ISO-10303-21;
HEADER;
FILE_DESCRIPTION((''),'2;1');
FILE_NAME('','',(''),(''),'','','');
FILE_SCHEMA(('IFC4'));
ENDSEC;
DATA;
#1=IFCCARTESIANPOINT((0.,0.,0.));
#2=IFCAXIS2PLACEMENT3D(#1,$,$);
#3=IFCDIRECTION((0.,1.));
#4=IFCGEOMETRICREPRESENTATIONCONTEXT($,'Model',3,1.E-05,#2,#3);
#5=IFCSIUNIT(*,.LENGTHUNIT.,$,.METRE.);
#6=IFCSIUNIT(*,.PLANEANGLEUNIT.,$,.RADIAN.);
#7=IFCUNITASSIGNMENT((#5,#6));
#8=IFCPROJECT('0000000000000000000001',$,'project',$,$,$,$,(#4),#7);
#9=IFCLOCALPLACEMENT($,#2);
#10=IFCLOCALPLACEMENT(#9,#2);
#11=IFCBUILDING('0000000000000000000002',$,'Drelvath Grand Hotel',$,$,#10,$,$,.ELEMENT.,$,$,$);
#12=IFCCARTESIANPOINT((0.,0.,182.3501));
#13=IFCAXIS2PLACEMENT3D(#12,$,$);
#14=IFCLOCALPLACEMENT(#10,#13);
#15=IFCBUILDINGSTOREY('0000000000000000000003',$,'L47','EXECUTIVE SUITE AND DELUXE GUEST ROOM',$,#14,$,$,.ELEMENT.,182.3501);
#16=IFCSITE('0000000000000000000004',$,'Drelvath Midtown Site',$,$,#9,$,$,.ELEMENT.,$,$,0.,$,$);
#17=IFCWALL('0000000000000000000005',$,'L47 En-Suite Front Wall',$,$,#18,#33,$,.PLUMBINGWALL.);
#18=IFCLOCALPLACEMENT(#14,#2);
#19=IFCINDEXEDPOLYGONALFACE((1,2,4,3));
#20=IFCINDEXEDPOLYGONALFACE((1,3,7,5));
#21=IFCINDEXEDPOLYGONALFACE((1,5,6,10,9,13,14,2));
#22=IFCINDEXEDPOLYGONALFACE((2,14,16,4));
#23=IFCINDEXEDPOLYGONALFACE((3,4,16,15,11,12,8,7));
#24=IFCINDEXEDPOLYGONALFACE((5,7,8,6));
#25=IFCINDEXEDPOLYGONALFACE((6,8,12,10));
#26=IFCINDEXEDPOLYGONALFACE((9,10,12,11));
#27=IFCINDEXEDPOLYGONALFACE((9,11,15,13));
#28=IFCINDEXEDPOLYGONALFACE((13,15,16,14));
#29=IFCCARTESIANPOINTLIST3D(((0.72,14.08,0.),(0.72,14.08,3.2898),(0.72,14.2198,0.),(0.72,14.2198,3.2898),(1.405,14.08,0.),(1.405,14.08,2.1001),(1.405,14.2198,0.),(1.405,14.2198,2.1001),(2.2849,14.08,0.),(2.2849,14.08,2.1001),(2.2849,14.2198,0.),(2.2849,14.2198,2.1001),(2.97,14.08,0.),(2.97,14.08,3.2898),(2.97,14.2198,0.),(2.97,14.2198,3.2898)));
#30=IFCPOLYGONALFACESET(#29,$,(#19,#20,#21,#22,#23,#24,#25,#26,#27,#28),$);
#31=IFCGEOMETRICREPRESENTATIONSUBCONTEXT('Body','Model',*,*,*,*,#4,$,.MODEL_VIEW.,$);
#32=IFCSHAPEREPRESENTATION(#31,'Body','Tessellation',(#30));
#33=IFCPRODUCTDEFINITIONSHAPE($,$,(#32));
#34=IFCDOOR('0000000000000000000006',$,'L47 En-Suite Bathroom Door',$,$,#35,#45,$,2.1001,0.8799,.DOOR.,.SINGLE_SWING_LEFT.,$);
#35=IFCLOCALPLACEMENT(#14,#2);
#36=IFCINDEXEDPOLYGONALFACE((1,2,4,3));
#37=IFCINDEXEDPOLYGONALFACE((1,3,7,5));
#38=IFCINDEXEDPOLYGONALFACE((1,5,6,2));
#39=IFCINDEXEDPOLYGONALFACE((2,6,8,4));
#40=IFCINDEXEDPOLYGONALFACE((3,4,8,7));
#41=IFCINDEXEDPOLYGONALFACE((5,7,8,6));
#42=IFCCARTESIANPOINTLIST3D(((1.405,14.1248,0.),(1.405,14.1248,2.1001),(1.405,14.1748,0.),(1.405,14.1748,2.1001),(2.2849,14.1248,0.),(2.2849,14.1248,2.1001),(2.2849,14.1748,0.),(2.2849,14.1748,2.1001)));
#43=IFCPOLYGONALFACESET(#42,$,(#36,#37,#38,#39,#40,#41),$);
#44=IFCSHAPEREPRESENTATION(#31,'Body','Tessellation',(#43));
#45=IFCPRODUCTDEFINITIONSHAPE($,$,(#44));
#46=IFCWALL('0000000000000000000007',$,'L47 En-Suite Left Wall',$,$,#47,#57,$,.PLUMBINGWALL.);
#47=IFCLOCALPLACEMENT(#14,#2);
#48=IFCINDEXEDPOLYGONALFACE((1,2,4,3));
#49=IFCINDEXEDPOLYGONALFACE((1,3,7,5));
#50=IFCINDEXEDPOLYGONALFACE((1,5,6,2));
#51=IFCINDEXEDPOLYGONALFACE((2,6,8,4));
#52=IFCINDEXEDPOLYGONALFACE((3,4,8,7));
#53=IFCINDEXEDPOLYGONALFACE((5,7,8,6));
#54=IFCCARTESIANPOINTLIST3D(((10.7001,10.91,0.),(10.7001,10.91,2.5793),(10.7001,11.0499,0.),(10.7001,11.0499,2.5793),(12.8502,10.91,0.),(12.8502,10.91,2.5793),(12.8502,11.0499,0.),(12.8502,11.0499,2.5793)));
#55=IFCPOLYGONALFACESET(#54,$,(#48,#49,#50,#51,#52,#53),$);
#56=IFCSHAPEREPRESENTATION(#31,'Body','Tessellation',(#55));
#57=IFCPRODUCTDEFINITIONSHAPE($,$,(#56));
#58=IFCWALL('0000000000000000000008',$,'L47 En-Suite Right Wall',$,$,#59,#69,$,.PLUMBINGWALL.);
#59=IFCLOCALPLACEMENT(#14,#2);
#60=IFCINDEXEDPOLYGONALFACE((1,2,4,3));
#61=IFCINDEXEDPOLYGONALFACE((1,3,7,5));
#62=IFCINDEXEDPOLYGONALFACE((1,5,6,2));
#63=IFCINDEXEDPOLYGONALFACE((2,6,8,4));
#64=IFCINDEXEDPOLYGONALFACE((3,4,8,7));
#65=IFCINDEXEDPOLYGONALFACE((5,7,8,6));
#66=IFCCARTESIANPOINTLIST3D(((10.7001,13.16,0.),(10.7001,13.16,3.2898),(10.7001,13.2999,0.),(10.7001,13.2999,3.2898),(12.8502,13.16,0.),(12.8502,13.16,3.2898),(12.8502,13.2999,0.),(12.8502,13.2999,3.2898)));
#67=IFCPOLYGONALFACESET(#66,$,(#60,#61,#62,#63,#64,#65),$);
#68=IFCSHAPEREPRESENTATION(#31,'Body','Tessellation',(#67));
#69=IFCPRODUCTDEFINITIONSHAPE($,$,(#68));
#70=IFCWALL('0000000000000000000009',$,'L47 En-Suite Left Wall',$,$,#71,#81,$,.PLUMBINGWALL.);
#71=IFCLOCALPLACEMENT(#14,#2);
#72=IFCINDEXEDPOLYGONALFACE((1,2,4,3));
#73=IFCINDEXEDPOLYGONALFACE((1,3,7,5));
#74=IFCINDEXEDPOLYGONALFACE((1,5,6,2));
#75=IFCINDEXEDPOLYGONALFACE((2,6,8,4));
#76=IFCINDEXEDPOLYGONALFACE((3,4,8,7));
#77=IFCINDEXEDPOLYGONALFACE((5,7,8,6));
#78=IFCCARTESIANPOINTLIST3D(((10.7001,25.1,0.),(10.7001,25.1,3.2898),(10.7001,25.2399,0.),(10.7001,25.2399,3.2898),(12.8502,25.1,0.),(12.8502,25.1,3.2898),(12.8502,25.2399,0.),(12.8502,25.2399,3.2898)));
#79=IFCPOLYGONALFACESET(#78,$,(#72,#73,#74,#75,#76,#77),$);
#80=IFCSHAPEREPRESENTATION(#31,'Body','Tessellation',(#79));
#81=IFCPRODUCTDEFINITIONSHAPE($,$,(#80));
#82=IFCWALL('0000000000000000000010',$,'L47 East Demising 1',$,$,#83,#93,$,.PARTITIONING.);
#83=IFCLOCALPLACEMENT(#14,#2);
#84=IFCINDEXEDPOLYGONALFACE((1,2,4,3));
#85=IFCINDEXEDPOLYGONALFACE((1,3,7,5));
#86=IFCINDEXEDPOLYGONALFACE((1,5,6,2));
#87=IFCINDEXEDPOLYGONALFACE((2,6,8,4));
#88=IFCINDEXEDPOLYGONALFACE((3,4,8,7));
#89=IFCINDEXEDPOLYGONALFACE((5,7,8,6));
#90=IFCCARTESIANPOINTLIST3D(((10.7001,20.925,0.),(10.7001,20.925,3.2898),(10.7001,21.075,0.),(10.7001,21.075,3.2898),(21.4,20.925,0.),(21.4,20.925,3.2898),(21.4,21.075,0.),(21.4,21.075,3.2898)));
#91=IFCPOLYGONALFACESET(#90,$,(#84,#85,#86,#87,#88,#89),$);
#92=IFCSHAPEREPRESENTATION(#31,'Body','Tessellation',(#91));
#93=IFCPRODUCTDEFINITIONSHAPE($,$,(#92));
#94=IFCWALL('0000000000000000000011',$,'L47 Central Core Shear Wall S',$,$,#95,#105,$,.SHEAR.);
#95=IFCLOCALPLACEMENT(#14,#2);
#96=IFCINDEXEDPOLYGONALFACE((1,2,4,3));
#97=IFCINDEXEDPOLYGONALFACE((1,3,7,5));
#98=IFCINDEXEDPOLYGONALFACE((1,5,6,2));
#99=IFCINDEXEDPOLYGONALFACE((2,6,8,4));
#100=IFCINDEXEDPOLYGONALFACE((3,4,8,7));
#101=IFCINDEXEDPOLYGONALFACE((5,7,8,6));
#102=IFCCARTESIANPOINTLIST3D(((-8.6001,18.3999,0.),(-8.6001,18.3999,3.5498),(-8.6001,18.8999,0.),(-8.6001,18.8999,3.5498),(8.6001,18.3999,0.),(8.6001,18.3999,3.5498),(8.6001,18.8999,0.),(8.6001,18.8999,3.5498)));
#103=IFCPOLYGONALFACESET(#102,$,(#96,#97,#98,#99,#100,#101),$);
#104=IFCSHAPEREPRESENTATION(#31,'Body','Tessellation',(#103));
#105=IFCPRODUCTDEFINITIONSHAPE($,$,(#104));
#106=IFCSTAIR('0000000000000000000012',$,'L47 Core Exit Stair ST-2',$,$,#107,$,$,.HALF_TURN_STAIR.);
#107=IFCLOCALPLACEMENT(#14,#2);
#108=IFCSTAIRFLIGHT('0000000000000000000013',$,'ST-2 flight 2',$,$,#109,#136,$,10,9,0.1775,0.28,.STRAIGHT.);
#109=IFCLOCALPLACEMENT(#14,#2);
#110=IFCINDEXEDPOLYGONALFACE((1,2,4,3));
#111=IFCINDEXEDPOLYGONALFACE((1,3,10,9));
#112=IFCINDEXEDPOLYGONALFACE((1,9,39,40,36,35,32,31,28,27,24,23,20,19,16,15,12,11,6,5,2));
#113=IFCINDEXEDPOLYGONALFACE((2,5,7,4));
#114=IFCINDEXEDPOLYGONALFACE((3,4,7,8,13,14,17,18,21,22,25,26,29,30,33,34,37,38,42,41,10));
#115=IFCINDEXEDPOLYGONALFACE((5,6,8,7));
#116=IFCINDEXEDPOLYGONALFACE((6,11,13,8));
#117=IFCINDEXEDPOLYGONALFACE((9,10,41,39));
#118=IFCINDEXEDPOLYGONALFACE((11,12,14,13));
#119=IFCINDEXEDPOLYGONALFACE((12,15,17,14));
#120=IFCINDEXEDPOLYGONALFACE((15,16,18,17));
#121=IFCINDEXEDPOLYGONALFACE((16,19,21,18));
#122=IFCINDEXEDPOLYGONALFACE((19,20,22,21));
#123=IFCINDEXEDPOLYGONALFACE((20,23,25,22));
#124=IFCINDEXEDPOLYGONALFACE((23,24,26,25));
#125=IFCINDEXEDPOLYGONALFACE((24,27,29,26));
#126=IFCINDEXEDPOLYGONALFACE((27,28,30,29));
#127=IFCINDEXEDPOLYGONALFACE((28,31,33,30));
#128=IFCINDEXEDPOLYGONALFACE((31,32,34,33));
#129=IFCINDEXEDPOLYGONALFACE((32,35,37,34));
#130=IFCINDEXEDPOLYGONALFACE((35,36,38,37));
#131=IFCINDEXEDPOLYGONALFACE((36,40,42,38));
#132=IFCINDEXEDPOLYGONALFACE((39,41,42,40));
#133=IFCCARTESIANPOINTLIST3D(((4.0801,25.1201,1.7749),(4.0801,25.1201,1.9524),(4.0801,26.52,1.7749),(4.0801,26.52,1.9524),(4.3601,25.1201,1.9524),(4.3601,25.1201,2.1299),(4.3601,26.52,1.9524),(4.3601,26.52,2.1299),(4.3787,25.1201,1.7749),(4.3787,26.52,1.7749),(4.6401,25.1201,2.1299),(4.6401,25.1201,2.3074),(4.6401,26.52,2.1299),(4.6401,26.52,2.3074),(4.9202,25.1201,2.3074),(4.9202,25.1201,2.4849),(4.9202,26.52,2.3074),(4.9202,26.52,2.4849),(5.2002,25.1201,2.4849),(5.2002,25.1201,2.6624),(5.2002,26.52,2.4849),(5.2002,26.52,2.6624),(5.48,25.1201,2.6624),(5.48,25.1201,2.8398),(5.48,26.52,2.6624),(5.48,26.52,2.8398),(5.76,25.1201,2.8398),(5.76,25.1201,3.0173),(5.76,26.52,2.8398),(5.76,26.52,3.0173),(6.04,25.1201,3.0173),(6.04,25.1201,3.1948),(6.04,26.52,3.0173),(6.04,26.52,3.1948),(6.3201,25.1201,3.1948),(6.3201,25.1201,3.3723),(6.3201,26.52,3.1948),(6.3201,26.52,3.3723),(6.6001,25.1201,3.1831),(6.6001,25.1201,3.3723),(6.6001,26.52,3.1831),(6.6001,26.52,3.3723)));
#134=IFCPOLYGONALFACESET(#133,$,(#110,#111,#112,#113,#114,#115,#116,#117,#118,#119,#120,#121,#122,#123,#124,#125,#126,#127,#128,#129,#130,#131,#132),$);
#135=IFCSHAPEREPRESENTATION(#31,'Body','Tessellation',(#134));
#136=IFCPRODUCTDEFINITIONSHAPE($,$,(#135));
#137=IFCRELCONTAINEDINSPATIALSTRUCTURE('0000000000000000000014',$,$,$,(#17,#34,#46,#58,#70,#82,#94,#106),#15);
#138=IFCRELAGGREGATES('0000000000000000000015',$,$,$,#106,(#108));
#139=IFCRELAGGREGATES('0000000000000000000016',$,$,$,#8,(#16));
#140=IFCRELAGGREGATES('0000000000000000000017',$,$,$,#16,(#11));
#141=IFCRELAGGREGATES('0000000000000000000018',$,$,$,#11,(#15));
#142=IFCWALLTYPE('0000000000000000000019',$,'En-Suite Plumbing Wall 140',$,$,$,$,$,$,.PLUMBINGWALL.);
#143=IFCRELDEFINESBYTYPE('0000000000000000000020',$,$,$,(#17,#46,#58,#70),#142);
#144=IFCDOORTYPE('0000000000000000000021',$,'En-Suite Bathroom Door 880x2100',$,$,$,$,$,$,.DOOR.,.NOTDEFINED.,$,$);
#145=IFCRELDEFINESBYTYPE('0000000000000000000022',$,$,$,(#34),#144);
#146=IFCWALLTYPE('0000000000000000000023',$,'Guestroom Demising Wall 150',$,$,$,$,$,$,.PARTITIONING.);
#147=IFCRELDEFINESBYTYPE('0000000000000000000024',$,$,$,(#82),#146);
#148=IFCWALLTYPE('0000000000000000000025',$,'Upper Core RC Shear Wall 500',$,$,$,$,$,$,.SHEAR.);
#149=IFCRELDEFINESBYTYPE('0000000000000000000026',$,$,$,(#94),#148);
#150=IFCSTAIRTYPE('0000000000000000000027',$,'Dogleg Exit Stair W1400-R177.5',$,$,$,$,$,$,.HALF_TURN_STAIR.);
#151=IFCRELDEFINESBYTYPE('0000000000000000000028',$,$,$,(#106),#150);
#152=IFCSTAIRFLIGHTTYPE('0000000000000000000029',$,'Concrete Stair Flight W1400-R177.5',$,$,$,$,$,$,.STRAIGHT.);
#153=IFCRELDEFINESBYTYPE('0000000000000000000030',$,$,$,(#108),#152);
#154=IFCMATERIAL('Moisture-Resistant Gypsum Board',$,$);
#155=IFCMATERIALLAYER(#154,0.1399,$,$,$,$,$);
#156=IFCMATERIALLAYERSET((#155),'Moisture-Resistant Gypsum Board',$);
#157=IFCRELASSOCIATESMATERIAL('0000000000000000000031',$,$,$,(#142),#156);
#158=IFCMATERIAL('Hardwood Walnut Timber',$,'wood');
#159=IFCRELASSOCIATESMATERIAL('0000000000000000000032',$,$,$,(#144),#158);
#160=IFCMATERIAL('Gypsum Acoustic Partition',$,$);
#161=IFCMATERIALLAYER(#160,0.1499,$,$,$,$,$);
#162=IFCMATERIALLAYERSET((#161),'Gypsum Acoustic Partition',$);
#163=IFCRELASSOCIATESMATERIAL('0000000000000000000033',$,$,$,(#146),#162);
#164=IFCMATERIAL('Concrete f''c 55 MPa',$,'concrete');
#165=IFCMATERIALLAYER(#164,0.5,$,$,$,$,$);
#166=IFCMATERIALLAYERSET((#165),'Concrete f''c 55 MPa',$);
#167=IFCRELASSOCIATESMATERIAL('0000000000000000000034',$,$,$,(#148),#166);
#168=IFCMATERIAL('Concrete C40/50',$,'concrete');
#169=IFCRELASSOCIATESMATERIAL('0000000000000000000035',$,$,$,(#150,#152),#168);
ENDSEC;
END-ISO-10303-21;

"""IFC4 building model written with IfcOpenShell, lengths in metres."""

from ifc_helpers import new_model, si_unit, direction, frame, frame_2d, origin, place, context, subcontext, project, spatial, polyline, rectangle, outline, extrude, material, layer, layer_set, type_object, element, fill, aggregate, save


model = new_model("IFC4")

# Units and contexts
model_context = context("Model", 3, precision=1e-05, world=origin(), true_north=direction((0.0, 1.0)))
body_context = subcontext(model_context, "Body", "Model", "MODEL_VIEW")
ifc_project = project(units=[si_unit("LENGTHUNIT", "METRE"), si_unit("PLANEANGLEUNIT", "RADIAN")], contexts=[model_context])

# Site, building, storey
site_placement = place(None, origin())
site = spatial("IfcSite", under=ifc_project, at=site_placement, Name="Drelvath Midtown Site", CompositionType="ELEMENT", RefElevation=0.0)
building_placement = place(site_placement, origin())
building = spatial("IfcBuilding", under=site, at=building_placement, Name="Drelvath Grand Hotel", CompositionType="ELEMENT")
storey_placement = place(building_placement, frame((0.0, 0.0, 182.3501)))
storey = spatial("IfcBuildingStorey", under=building, at=storey_placement, Name="L47", Description="EXECUTIVE SUITE AND DELUXE GUEST ROOM", CompositionType="ELEMENT", Elevation=182.3501)

# Shared definitions
ifc_material_1 = material(Name="Concrete f'c 55 MPa", Category="concrete")

# Shared definitions
ifc_material_2 = material(Name="Concrete C40/50", Category="concrete")

# Shared definitions
ifc_material_3 = material(Name="Moisture-Resistant Gypsum Board")
ifc_layer_1 = layer(ifc_material_3, 0.1399)
ifc_layer_set_1 = layer_set([ifc_layer_1], Name="Moisture-Resistant Gypsum Board")
wall_type_1 = type_object("IfcWallType", Name="En-Suite Plumbing Wall 140", PredefinedType="PLUMBINGWALL", material=ifc_layer_set_1)

# Wall, opening, door
wall_1_placement = place(storey_placement, frame((0.72, 14.1499, 0.0), z_axis=(0.0, 0.0, 1.0), x_axis=(1.0, 0.0, 0.0)))
wall_1 = element("IfcWall", 1, at=wall_1_placement, inside=storey, type_object=wall_type_1, Name="L47 En-Suite Front Wall", PredefinedType="PLUMBINGWALL", context=body_context, shape_type="SweptSolid", body=[
    extrude(rectangle(XDim=2.25, YDim=0.1399, at=frame_2d((1.125, 0.0))), origin(), (0.0, 0.0, 1.0), 3.2898),
])
opening_1_placement = place(wall_1_placement, frame((0.6851, 0.0, 0.0)))
opening_1 = element("IfcOpeningElement", 2, at=opening_1_placement, cuts=wall_1, PredefinedType="OPENING", context=body_context, shape_type="SweptSolid", body=[
    extrude(rectangle(XDim=0.8799, YDim=2.1001, at=frame_2d((0.4399, 1.05))), frame((0.0, 0.0798, 0.0), z_axis=(0.0, -1.0, 0.0), x_axis=(1.0, 0.0, 0.0)), (0.0, 0.0, 1.0), 0.1599),
])
ifc_material_4 = material(Name="Hardwood Walnut Timber", Category="wood")
door_type_1 = type_object("IfcDoorType", Name="En-Suite Bathroom Door 880x2100", OperationType="NOTDEFINED", PredefinedType="DOOR", material=ifc_material_4)
door_1_placement = place(opening_1_placement, origin())
door_1 = element("IfcDoor", 3, at=door_1_placement, inside=storey, type_object=door_type_1, Name="L47 En-Suite Bathroom Door", OperationType="SINGLE_SWING_LEFT", OverallHeight=2.1001, OverallWidth=0.8799, PredefinedType="DOOR", context=body_context, shape_type="SweptSolid", body=[
    extrude(rectangle(XDim=0.8799, YDim=2.1001, at=frame_2d((0.4399, 1.05))), frame((0.0, 0.0249, 0.0), z_axis=(0.0, -1.0, 0.0), x_axis=(1.0, 0.0, 0.0)), (0.0, 0.0, 1.0), 0.05),
])
fill(opening_1, door_1)

# Walls
wall_2_placement = place(storey_placement, frame((10.7, 10.98, 0.0), z_axis=(0.0, 0.0, 1.0), x_axis=(1.0, 0.0, 0.0)))
element("IfcWall", 4, at=wall_2_placement, inside=storey, type_object=wall_type_1, Name="L47 En-Suite Left Wall", PredefinedType="PLUMBINGWALL", context=body_context, shape_type="SweptSolid", body=[
    extrude(rectangle(XDim=2.1501, YDim=0.1399, at=frame_2d((1.0752, 0.0))), origin(), (0.0, 0.0, 1.0), 2.5793),
])
for number, where, z_axis, x_axis, name in (
    (5, (10.7, 13.23, 0.0), (0.0, 0.0, 1.0), (1.0, 0.0, 0.0), "L47 En-Suite Right Wall"),
    (6, (10.7, 25.1699, 0.0), (0.0, 0.0, 1.0), (1.0, 0.0, 0.0), "L47 En-Suite Left Wall"),
):
    element("IfcWall", number, at=place(storey_placement, frame(where, z_axis=z_axis, x_axis=x_axis)), inside=storey, type_object=wall_type_1, Name=name, PredefinedType="PLUMBINGWALL", context=body_context, shape_type="SweptSolid", body=[
        extrude(rectangle(XDim=2.1501, YDim=0.1399, at=frame_2d((1.0752, 0.0))), origin(), (0.0, 0.0, 1.0), 3.2898),
    ])
ifc_material_5 = material(Name="Gypsum Acoustic Partition")
ifc_layer_2 = layer(ifc_material_5, 0.1499)
ifc_layer_set_2 = layer_set([ifc_layer_2], Name="Gypsum Acoustic Partition")
wall_type_2 = type_object("IfcWallType", Name="Guestroom Demising Wall 150", PredefinedType="PARTITIONING", material=ifc_layer_set_2)
wall_3_placement = place(storey_placement, frame((10.7, 21.0, 0.0), z_axis=(0.0, 0.0, 1.0), x_axis=(1.0, 0.0, 0.0)))
element("IfcWall", 7, at=wall_3_placement, inside=storey, type_object=wall_type_2, Name="L47 East Demising 1", PredefinedType="PARTITIONING", context=body_context, shape_type="SweptSolid", body=[
    extrude(rectangle(XDim=10.7, YDim=0.1499, at=frame_2d((5.3501, 0.0))), origin(), (0.0, 0.0, 1.0), 3.2898),
])
ifc_layer_3 = layer(ifc_material_1, 0.5)
ifc_layer_set_3 = layer_set([ifc_layer_3], Name="Concrete f'c 55 MPa")
wall_type_3 = type_object("IfcWallType", Name="Upper Core RC Shear Wall 500", PredefinedType="SHEAR", material=ifc_layer_set_3)
wall_4_placement = place(storey_placement, frame((8.6001, 18.6499, 0.0), z_axis=(0.0, 0.0, 1.0), x_axis=(-1.0, 0.0, 0.0)))
element("IfcWall", 8, at=wall_4_placement, inside=storey, type_object=wall_type_3, Name="L47 Central Core Shear Wall S", PredefinedType="SHEAR", context=body_context, shape_type="SweptSolid", body=[
    extrude(rectangle(XDim=17.2002, YDim=0.5, at=frame_2d((8.6001, 0.0))), origin(), (0.0, 0.0, 1.0), 3.5498),
])

# Stair, stair flight
stair_type = type_object("IfcStairType", Name="Dogleg Exit Stair W1400-R177.5", PredefinedType="HALF_TURN_STAIR", material=ifc_material_2)
stair_placement = place(storey_placement, origin())
stair = element("IfcStair", 9, at=stair_placement, inside=storey, type_object=stair_type, Name="L47 Core Exit Stair ST-2", PredefinedType="HALF_TURN_STAIR")
stair_flight_type = type_object("IfcStairFlightType", Name="Concrete Stair Flight W1400-R177.5", PredefinedType="STRAIGHT", material=ifc_material_2)
stair_flight_placement = place(storey_placement, frame((4.0801, 25.8201, 1.7749), z_axis=(0.0, 0.0, 1.0), x_axis=(1.0, 0.0, 0.0)))
stair_flight = element("IfcStairFlight", 10, at=stair_flight_placement, type_object=stair_flight_type, Name="ST-2 flight 2", NumberOfRisers=10, NumberOfTreads=9, PredefinedType="STRAIGHT", RiserHeight=0.1775, TreadLength=0.28, context=body_context, shape_type="SweptSolid", body=[
    extrude(outline(polyline([(0.0, 0.0), (0.0, 0.1775), (0.28, 0.1775), (0.28, 0.355), (0.5601, 0.355), (0.5601, 0.5325), (0.8401, 0.5325), (0.8401, 0.71), (1.1201, 0.71), (1.1201, 0.8875), (1.3999, 0.8875), (1.3999, 1.0649), (1.6799, 1.0649), (1.6799, 1.2424), (1.96, 1.2424), (1.96, 1.4199), (2.24, 1.4199), (2.24, 1.5974), (2.52, 1.5974), (2.52, 1.7749), (2.52, 1.4082), (0.2986, 0.0), (0.0, 0.0)])), frame((0.0, 0.7, 0.0), z_axis=(0.0, -1.0, 0.0), x_axis=(1.0, 0.0, 0.0)), (0.0, 0.0, 1.0), 1.3999),
])
aggregate(stair, [stair_flight])

save(model, "model.ifc")
